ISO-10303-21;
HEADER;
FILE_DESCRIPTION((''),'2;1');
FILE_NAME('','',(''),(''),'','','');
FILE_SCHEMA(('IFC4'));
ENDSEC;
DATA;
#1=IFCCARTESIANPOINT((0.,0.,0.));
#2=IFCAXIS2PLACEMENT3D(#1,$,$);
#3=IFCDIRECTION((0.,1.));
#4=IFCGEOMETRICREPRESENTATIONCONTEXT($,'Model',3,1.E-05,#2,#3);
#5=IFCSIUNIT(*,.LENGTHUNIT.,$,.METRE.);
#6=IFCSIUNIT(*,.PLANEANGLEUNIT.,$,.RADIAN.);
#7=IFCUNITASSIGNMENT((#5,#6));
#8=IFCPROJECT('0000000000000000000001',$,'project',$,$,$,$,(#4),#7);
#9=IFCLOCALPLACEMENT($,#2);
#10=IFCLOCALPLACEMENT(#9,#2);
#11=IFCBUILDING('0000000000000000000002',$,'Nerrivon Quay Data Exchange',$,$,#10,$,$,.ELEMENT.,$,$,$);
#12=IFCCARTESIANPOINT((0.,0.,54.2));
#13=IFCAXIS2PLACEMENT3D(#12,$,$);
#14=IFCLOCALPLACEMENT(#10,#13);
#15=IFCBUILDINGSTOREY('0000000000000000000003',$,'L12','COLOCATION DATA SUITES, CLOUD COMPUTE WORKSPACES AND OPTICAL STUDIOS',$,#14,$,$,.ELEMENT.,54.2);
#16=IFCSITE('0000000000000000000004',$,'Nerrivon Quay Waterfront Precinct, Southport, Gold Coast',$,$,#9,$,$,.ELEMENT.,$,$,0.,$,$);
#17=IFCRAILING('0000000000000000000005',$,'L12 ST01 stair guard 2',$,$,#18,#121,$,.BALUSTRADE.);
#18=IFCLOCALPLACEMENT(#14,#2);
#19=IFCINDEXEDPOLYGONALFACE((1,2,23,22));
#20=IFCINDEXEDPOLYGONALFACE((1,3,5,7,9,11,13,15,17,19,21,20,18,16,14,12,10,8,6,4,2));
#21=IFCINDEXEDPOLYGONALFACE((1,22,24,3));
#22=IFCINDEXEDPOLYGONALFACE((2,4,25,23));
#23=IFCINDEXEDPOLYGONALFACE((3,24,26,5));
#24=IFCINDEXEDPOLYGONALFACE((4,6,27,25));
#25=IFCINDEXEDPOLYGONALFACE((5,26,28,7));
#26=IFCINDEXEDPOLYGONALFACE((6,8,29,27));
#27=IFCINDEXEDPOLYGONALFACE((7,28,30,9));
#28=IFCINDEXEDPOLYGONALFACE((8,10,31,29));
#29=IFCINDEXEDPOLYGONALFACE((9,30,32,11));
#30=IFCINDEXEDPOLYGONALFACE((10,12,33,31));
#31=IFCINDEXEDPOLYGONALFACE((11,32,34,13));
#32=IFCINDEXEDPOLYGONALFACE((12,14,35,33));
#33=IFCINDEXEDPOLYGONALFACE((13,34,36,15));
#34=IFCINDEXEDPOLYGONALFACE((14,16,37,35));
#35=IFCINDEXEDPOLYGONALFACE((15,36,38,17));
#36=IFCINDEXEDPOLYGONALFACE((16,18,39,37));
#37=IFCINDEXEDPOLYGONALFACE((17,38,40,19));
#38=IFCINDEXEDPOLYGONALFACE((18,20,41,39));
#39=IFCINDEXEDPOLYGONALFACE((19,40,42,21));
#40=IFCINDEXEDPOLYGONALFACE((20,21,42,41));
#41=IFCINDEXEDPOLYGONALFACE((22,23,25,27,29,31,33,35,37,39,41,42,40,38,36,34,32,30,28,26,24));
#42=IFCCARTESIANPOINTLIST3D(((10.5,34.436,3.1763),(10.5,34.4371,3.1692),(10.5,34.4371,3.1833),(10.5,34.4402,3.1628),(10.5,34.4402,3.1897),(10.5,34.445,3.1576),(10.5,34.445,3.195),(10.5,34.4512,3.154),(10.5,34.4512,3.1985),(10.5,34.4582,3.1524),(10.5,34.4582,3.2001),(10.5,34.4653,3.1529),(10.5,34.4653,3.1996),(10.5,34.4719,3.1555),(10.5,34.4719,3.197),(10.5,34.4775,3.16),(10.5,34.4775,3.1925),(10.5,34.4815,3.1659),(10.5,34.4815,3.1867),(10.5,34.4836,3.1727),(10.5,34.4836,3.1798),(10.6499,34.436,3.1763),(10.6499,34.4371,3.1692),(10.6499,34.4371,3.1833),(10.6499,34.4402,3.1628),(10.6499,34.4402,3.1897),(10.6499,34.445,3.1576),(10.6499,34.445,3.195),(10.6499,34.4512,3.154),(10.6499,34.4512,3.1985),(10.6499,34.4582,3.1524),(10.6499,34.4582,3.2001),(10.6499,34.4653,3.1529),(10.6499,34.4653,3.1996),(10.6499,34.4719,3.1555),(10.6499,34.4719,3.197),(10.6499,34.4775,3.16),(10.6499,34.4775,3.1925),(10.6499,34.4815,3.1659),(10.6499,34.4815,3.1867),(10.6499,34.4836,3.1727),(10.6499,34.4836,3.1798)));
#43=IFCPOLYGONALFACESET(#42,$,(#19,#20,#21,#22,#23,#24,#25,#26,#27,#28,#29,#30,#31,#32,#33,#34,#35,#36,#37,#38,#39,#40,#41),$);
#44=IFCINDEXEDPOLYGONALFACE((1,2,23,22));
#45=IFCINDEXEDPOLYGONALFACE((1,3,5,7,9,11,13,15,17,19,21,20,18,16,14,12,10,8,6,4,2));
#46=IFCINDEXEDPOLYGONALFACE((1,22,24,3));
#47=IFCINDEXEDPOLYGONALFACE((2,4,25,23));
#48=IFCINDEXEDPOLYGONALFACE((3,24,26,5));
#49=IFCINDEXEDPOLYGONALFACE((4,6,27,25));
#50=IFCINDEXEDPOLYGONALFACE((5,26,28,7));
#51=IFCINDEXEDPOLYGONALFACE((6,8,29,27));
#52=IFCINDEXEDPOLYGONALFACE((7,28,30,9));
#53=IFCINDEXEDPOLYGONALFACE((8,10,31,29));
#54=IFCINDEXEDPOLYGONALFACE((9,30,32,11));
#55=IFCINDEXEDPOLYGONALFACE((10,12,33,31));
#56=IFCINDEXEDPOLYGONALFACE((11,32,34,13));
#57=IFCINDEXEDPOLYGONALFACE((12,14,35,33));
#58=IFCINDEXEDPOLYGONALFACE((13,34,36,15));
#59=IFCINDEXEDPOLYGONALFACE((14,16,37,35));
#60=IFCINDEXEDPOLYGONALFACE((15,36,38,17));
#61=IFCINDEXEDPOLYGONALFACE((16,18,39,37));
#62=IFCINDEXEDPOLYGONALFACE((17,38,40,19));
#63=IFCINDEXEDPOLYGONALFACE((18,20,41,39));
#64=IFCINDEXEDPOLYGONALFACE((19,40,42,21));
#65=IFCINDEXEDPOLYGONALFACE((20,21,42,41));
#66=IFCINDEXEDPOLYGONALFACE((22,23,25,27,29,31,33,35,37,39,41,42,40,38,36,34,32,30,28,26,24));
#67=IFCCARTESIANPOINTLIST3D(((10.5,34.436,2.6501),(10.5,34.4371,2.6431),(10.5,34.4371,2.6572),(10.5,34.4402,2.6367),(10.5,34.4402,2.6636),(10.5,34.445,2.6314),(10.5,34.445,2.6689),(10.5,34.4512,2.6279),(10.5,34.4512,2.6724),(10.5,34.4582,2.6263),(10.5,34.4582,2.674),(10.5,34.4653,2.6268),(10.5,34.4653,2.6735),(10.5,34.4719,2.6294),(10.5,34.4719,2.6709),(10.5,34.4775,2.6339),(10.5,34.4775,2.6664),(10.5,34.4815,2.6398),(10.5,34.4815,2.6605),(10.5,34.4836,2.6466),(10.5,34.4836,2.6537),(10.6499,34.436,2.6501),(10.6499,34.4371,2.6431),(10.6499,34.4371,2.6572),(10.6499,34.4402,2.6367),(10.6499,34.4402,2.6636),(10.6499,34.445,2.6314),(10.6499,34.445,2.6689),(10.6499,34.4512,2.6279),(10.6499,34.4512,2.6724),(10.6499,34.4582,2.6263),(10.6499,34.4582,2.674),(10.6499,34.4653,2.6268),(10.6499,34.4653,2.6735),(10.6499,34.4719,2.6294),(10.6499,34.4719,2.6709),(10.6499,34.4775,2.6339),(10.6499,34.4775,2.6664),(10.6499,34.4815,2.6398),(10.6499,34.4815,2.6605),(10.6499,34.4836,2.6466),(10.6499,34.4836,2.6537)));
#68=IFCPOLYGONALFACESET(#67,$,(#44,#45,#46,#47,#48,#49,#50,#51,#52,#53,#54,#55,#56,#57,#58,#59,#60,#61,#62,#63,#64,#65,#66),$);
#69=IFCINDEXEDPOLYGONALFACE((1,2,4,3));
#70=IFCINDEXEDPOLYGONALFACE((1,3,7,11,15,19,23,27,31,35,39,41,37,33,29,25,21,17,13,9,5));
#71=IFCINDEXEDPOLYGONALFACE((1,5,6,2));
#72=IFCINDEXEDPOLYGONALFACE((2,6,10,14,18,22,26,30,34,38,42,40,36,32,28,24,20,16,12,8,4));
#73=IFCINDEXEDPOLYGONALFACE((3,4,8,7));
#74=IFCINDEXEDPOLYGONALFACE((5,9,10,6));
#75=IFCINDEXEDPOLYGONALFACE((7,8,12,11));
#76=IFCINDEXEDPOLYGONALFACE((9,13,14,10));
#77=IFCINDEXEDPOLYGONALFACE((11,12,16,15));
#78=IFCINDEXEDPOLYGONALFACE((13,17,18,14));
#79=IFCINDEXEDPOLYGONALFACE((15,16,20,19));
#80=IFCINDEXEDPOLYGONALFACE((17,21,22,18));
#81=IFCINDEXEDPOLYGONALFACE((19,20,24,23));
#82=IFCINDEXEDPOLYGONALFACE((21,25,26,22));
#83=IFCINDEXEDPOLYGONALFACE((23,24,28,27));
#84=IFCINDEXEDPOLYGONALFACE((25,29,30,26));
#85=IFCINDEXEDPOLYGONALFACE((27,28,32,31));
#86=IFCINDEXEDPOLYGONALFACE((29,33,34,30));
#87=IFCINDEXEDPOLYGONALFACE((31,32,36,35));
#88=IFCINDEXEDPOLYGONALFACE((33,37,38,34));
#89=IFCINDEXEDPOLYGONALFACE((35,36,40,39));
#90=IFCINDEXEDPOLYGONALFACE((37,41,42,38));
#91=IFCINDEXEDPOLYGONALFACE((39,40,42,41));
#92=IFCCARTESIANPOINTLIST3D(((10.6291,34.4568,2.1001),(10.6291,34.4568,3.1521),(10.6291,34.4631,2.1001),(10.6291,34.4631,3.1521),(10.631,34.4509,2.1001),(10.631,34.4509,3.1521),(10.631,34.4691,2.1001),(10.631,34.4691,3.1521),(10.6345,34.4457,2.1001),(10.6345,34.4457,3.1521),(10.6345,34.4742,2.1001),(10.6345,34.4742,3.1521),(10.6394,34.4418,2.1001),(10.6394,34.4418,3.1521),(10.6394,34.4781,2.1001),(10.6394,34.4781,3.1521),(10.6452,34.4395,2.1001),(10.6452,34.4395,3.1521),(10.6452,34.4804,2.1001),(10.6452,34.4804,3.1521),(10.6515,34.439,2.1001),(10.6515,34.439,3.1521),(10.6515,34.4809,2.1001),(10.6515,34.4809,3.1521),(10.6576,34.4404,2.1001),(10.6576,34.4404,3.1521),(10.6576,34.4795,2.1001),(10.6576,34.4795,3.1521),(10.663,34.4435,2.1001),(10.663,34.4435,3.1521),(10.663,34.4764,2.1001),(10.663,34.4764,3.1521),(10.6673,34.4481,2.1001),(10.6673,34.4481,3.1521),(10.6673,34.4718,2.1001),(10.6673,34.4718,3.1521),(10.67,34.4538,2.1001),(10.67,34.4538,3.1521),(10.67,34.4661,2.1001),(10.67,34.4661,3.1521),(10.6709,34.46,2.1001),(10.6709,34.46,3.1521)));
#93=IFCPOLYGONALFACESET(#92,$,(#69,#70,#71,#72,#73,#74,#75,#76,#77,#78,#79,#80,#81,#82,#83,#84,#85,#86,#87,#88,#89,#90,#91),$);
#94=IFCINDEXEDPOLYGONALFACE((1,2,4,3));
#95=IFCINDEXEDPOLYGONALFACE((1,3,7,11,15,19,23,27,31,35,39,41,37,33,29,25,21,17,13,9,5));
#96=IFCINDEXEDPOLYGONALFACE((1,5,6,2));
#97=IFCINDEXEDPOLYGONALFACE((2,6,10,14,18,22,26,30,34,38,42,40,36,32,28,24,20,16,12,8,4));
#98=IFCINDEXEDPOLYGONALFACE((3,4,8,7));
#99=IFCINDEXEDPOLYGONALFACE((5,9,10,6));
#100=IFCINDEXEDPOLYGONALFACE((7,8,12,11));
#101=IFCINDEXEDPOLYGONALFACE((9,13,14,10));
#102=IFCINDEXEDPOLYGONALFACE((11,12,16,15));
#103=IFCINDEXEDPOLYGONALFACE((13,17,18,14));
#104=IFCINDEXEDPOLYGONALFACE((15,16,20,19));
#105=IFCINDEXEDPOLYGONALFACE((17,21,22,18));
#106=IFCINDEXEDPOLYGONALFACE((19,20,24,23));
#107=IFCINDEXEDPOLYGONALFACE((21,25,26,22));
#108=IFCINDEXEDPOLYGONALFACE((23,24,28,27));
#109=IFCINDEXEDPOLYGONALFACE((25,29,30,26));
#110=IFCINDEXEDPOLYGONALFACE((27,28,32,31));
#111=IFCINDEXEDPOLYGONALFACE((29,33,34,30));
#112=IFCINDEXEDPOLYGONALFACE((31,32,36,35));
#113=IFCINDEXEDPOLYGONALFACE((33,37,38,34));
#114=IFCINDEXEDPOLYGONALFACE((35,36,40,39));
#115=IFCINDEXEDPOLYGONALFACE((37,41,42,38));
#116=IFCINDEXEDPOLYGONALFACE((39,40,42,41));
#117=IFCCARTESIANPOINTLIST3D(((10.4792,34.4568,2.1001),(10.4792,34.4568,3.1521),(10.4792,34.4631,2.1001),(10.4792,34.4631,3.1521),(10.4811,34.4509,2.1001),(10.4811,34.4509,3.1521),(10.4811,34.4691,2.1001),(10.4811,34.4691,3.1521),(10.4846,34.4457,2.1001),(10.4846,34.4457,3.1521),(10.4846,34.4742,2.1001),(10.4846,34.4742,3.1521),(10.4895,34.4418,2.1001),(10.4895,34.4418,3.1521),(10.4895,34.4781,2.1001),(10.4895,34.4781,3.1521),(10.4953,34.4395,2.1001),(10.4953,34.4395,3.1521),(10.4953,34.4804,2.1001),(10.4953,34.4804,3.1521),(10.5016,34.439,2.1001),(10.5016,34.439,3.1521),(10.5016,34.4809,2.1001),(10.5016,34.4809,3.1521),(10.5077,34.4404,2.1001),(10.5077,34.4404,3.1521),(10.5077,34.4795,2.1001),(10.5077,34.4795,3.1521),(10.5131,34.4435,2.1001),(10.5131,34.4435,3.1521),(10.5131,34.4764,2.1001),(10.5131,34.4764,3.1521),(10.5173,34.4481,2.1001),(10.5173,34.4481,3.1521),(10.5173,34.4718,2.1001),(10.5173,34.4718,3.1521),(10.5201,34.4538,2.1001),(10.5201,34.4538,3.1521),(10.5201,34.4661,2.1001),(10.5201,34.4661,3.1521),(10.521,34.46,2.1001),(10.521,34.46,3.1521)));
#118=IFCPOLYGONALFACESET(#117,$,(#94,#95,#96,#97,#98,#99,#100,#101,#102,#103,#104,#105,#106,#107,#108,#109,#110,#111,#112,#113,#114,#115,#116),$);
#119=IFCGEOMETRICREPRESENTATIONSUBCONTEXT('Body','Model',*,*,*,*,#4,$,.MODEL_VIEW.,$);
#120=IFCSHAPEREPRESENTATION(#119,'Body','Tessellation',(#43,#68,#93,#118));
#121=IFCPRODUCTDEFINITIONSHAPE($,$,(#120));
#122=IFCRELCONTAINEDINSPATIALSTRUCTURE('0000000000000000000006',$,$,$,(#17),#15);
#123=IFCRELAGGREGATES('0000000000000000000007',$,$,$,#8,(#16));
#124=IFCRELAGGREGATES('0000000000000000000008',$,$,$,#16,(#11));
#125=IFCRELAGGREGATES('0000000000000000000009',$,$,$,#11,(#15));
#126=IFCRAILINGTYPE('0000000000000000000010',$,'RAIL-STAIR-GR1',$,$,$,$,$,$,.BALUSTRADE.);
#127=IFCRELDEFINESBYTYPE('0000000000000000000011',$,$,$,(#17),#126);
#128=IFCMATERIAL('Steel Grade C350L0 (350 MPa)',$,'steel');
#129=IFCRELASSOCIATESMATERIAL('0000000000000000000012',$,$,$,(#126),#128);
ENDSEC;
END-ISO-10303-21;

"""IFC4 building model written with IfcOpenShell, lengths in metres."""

from ifc_helpers import new_model, si_unit, direction, frame, origin, origin_2d, place, context, subcontext, project, spatial, circle, extrude, material, type_object, element, save


model = new_model("IFC4")

# Units and contexts
model_context = context("Model", 3, precision=1e-05, world=origin(), true_north=direction((0.0, 1.0)))
body_context = subcontext(model_context, "Body", "Model", "MODEL_VIEW")
ifc_project = project(units=[si_unit("LENGTHUNIT", "METRE"), si_unit("PLANEANGLEUNIT", "RADIAN")], contexts=[model_context])

# Site, building, storey
site_placement = place(None, origin())
site = spatial("IfcSite", under=ifc_project, at=site_placement, Name="Nerrivon Quay Waterfront Precinct, Southport, Gold Coast", CompositionType="ELEMENT", RefElevation=0.0)
building_placement = place(site_placement, origin())
building = spatial("IfcBuilding", under=site, at=building_placement, Name="Nerrivon Quay Data Exchange", CompositionType="ELEMENT")
storey_placement = place(building_placement, frame((0.0, 0.0, 54.2)))
storey = spatial("IfcBuildingStorey", under=building, at=storey_placement, Name="L12", Description="COLOCATION DATA SUITES, CLOUD COMPUTE WORKSPACES AND OPTICAL STUDIOS", CompositionType="ELEMENT", Elevation=54.2)

# Railing
ifc_material_1 = material(Name="Steel Grade C350L0 (350 MPa)", Category="steel")
railing_type = type_object("IfcRailingType", Name="RAIL-STAIR-GR1", PredefinedType="BALUSTRADE", material=ifc_material_1)
railing_1_placement = place(storey_placement, frame((10.6499, 34.46, 2.1001)))
element("IfcRailing", 1, at=railing_1_placement, inside=storey, type_object=railing_type, Name="L12 ST01 stair guard 2", PredefinedType="BALUSTRADE", context=body_context, shape_type="SweptSolid", body=[
    extrude(circle(Radius=0.0239, at=origin_2d()), frame((0.0, 0.0, 1.0762), z_axis=(-1.0, 0.0, 0.0), x_axis=(0.0, -1.0, 0.0)), (0.0, 0.0, 1.0), 0.1499),
    extrude(circle(Radius=0.0239, at=origin_2d()), frame((0.0, 0.0, 0.55), z_axis=(-1.0, 0.0, 0.0), x_axis=(0.0, -1.0, 0.0)), (0.0, 0.0, 1.0), 0.1499),
    extrude(circle(Radius=0.021, at=origin_2d()), origin(), (0.0, 0.0, 1.0), 1.052),
    extrude(circle(Radius=0.021, at=origin_2d()), frame((-0.1499, 0.0, 0.0)), (0.0, 0.0, 1.0), 1.052),
])

save(model, "model.ifc")
